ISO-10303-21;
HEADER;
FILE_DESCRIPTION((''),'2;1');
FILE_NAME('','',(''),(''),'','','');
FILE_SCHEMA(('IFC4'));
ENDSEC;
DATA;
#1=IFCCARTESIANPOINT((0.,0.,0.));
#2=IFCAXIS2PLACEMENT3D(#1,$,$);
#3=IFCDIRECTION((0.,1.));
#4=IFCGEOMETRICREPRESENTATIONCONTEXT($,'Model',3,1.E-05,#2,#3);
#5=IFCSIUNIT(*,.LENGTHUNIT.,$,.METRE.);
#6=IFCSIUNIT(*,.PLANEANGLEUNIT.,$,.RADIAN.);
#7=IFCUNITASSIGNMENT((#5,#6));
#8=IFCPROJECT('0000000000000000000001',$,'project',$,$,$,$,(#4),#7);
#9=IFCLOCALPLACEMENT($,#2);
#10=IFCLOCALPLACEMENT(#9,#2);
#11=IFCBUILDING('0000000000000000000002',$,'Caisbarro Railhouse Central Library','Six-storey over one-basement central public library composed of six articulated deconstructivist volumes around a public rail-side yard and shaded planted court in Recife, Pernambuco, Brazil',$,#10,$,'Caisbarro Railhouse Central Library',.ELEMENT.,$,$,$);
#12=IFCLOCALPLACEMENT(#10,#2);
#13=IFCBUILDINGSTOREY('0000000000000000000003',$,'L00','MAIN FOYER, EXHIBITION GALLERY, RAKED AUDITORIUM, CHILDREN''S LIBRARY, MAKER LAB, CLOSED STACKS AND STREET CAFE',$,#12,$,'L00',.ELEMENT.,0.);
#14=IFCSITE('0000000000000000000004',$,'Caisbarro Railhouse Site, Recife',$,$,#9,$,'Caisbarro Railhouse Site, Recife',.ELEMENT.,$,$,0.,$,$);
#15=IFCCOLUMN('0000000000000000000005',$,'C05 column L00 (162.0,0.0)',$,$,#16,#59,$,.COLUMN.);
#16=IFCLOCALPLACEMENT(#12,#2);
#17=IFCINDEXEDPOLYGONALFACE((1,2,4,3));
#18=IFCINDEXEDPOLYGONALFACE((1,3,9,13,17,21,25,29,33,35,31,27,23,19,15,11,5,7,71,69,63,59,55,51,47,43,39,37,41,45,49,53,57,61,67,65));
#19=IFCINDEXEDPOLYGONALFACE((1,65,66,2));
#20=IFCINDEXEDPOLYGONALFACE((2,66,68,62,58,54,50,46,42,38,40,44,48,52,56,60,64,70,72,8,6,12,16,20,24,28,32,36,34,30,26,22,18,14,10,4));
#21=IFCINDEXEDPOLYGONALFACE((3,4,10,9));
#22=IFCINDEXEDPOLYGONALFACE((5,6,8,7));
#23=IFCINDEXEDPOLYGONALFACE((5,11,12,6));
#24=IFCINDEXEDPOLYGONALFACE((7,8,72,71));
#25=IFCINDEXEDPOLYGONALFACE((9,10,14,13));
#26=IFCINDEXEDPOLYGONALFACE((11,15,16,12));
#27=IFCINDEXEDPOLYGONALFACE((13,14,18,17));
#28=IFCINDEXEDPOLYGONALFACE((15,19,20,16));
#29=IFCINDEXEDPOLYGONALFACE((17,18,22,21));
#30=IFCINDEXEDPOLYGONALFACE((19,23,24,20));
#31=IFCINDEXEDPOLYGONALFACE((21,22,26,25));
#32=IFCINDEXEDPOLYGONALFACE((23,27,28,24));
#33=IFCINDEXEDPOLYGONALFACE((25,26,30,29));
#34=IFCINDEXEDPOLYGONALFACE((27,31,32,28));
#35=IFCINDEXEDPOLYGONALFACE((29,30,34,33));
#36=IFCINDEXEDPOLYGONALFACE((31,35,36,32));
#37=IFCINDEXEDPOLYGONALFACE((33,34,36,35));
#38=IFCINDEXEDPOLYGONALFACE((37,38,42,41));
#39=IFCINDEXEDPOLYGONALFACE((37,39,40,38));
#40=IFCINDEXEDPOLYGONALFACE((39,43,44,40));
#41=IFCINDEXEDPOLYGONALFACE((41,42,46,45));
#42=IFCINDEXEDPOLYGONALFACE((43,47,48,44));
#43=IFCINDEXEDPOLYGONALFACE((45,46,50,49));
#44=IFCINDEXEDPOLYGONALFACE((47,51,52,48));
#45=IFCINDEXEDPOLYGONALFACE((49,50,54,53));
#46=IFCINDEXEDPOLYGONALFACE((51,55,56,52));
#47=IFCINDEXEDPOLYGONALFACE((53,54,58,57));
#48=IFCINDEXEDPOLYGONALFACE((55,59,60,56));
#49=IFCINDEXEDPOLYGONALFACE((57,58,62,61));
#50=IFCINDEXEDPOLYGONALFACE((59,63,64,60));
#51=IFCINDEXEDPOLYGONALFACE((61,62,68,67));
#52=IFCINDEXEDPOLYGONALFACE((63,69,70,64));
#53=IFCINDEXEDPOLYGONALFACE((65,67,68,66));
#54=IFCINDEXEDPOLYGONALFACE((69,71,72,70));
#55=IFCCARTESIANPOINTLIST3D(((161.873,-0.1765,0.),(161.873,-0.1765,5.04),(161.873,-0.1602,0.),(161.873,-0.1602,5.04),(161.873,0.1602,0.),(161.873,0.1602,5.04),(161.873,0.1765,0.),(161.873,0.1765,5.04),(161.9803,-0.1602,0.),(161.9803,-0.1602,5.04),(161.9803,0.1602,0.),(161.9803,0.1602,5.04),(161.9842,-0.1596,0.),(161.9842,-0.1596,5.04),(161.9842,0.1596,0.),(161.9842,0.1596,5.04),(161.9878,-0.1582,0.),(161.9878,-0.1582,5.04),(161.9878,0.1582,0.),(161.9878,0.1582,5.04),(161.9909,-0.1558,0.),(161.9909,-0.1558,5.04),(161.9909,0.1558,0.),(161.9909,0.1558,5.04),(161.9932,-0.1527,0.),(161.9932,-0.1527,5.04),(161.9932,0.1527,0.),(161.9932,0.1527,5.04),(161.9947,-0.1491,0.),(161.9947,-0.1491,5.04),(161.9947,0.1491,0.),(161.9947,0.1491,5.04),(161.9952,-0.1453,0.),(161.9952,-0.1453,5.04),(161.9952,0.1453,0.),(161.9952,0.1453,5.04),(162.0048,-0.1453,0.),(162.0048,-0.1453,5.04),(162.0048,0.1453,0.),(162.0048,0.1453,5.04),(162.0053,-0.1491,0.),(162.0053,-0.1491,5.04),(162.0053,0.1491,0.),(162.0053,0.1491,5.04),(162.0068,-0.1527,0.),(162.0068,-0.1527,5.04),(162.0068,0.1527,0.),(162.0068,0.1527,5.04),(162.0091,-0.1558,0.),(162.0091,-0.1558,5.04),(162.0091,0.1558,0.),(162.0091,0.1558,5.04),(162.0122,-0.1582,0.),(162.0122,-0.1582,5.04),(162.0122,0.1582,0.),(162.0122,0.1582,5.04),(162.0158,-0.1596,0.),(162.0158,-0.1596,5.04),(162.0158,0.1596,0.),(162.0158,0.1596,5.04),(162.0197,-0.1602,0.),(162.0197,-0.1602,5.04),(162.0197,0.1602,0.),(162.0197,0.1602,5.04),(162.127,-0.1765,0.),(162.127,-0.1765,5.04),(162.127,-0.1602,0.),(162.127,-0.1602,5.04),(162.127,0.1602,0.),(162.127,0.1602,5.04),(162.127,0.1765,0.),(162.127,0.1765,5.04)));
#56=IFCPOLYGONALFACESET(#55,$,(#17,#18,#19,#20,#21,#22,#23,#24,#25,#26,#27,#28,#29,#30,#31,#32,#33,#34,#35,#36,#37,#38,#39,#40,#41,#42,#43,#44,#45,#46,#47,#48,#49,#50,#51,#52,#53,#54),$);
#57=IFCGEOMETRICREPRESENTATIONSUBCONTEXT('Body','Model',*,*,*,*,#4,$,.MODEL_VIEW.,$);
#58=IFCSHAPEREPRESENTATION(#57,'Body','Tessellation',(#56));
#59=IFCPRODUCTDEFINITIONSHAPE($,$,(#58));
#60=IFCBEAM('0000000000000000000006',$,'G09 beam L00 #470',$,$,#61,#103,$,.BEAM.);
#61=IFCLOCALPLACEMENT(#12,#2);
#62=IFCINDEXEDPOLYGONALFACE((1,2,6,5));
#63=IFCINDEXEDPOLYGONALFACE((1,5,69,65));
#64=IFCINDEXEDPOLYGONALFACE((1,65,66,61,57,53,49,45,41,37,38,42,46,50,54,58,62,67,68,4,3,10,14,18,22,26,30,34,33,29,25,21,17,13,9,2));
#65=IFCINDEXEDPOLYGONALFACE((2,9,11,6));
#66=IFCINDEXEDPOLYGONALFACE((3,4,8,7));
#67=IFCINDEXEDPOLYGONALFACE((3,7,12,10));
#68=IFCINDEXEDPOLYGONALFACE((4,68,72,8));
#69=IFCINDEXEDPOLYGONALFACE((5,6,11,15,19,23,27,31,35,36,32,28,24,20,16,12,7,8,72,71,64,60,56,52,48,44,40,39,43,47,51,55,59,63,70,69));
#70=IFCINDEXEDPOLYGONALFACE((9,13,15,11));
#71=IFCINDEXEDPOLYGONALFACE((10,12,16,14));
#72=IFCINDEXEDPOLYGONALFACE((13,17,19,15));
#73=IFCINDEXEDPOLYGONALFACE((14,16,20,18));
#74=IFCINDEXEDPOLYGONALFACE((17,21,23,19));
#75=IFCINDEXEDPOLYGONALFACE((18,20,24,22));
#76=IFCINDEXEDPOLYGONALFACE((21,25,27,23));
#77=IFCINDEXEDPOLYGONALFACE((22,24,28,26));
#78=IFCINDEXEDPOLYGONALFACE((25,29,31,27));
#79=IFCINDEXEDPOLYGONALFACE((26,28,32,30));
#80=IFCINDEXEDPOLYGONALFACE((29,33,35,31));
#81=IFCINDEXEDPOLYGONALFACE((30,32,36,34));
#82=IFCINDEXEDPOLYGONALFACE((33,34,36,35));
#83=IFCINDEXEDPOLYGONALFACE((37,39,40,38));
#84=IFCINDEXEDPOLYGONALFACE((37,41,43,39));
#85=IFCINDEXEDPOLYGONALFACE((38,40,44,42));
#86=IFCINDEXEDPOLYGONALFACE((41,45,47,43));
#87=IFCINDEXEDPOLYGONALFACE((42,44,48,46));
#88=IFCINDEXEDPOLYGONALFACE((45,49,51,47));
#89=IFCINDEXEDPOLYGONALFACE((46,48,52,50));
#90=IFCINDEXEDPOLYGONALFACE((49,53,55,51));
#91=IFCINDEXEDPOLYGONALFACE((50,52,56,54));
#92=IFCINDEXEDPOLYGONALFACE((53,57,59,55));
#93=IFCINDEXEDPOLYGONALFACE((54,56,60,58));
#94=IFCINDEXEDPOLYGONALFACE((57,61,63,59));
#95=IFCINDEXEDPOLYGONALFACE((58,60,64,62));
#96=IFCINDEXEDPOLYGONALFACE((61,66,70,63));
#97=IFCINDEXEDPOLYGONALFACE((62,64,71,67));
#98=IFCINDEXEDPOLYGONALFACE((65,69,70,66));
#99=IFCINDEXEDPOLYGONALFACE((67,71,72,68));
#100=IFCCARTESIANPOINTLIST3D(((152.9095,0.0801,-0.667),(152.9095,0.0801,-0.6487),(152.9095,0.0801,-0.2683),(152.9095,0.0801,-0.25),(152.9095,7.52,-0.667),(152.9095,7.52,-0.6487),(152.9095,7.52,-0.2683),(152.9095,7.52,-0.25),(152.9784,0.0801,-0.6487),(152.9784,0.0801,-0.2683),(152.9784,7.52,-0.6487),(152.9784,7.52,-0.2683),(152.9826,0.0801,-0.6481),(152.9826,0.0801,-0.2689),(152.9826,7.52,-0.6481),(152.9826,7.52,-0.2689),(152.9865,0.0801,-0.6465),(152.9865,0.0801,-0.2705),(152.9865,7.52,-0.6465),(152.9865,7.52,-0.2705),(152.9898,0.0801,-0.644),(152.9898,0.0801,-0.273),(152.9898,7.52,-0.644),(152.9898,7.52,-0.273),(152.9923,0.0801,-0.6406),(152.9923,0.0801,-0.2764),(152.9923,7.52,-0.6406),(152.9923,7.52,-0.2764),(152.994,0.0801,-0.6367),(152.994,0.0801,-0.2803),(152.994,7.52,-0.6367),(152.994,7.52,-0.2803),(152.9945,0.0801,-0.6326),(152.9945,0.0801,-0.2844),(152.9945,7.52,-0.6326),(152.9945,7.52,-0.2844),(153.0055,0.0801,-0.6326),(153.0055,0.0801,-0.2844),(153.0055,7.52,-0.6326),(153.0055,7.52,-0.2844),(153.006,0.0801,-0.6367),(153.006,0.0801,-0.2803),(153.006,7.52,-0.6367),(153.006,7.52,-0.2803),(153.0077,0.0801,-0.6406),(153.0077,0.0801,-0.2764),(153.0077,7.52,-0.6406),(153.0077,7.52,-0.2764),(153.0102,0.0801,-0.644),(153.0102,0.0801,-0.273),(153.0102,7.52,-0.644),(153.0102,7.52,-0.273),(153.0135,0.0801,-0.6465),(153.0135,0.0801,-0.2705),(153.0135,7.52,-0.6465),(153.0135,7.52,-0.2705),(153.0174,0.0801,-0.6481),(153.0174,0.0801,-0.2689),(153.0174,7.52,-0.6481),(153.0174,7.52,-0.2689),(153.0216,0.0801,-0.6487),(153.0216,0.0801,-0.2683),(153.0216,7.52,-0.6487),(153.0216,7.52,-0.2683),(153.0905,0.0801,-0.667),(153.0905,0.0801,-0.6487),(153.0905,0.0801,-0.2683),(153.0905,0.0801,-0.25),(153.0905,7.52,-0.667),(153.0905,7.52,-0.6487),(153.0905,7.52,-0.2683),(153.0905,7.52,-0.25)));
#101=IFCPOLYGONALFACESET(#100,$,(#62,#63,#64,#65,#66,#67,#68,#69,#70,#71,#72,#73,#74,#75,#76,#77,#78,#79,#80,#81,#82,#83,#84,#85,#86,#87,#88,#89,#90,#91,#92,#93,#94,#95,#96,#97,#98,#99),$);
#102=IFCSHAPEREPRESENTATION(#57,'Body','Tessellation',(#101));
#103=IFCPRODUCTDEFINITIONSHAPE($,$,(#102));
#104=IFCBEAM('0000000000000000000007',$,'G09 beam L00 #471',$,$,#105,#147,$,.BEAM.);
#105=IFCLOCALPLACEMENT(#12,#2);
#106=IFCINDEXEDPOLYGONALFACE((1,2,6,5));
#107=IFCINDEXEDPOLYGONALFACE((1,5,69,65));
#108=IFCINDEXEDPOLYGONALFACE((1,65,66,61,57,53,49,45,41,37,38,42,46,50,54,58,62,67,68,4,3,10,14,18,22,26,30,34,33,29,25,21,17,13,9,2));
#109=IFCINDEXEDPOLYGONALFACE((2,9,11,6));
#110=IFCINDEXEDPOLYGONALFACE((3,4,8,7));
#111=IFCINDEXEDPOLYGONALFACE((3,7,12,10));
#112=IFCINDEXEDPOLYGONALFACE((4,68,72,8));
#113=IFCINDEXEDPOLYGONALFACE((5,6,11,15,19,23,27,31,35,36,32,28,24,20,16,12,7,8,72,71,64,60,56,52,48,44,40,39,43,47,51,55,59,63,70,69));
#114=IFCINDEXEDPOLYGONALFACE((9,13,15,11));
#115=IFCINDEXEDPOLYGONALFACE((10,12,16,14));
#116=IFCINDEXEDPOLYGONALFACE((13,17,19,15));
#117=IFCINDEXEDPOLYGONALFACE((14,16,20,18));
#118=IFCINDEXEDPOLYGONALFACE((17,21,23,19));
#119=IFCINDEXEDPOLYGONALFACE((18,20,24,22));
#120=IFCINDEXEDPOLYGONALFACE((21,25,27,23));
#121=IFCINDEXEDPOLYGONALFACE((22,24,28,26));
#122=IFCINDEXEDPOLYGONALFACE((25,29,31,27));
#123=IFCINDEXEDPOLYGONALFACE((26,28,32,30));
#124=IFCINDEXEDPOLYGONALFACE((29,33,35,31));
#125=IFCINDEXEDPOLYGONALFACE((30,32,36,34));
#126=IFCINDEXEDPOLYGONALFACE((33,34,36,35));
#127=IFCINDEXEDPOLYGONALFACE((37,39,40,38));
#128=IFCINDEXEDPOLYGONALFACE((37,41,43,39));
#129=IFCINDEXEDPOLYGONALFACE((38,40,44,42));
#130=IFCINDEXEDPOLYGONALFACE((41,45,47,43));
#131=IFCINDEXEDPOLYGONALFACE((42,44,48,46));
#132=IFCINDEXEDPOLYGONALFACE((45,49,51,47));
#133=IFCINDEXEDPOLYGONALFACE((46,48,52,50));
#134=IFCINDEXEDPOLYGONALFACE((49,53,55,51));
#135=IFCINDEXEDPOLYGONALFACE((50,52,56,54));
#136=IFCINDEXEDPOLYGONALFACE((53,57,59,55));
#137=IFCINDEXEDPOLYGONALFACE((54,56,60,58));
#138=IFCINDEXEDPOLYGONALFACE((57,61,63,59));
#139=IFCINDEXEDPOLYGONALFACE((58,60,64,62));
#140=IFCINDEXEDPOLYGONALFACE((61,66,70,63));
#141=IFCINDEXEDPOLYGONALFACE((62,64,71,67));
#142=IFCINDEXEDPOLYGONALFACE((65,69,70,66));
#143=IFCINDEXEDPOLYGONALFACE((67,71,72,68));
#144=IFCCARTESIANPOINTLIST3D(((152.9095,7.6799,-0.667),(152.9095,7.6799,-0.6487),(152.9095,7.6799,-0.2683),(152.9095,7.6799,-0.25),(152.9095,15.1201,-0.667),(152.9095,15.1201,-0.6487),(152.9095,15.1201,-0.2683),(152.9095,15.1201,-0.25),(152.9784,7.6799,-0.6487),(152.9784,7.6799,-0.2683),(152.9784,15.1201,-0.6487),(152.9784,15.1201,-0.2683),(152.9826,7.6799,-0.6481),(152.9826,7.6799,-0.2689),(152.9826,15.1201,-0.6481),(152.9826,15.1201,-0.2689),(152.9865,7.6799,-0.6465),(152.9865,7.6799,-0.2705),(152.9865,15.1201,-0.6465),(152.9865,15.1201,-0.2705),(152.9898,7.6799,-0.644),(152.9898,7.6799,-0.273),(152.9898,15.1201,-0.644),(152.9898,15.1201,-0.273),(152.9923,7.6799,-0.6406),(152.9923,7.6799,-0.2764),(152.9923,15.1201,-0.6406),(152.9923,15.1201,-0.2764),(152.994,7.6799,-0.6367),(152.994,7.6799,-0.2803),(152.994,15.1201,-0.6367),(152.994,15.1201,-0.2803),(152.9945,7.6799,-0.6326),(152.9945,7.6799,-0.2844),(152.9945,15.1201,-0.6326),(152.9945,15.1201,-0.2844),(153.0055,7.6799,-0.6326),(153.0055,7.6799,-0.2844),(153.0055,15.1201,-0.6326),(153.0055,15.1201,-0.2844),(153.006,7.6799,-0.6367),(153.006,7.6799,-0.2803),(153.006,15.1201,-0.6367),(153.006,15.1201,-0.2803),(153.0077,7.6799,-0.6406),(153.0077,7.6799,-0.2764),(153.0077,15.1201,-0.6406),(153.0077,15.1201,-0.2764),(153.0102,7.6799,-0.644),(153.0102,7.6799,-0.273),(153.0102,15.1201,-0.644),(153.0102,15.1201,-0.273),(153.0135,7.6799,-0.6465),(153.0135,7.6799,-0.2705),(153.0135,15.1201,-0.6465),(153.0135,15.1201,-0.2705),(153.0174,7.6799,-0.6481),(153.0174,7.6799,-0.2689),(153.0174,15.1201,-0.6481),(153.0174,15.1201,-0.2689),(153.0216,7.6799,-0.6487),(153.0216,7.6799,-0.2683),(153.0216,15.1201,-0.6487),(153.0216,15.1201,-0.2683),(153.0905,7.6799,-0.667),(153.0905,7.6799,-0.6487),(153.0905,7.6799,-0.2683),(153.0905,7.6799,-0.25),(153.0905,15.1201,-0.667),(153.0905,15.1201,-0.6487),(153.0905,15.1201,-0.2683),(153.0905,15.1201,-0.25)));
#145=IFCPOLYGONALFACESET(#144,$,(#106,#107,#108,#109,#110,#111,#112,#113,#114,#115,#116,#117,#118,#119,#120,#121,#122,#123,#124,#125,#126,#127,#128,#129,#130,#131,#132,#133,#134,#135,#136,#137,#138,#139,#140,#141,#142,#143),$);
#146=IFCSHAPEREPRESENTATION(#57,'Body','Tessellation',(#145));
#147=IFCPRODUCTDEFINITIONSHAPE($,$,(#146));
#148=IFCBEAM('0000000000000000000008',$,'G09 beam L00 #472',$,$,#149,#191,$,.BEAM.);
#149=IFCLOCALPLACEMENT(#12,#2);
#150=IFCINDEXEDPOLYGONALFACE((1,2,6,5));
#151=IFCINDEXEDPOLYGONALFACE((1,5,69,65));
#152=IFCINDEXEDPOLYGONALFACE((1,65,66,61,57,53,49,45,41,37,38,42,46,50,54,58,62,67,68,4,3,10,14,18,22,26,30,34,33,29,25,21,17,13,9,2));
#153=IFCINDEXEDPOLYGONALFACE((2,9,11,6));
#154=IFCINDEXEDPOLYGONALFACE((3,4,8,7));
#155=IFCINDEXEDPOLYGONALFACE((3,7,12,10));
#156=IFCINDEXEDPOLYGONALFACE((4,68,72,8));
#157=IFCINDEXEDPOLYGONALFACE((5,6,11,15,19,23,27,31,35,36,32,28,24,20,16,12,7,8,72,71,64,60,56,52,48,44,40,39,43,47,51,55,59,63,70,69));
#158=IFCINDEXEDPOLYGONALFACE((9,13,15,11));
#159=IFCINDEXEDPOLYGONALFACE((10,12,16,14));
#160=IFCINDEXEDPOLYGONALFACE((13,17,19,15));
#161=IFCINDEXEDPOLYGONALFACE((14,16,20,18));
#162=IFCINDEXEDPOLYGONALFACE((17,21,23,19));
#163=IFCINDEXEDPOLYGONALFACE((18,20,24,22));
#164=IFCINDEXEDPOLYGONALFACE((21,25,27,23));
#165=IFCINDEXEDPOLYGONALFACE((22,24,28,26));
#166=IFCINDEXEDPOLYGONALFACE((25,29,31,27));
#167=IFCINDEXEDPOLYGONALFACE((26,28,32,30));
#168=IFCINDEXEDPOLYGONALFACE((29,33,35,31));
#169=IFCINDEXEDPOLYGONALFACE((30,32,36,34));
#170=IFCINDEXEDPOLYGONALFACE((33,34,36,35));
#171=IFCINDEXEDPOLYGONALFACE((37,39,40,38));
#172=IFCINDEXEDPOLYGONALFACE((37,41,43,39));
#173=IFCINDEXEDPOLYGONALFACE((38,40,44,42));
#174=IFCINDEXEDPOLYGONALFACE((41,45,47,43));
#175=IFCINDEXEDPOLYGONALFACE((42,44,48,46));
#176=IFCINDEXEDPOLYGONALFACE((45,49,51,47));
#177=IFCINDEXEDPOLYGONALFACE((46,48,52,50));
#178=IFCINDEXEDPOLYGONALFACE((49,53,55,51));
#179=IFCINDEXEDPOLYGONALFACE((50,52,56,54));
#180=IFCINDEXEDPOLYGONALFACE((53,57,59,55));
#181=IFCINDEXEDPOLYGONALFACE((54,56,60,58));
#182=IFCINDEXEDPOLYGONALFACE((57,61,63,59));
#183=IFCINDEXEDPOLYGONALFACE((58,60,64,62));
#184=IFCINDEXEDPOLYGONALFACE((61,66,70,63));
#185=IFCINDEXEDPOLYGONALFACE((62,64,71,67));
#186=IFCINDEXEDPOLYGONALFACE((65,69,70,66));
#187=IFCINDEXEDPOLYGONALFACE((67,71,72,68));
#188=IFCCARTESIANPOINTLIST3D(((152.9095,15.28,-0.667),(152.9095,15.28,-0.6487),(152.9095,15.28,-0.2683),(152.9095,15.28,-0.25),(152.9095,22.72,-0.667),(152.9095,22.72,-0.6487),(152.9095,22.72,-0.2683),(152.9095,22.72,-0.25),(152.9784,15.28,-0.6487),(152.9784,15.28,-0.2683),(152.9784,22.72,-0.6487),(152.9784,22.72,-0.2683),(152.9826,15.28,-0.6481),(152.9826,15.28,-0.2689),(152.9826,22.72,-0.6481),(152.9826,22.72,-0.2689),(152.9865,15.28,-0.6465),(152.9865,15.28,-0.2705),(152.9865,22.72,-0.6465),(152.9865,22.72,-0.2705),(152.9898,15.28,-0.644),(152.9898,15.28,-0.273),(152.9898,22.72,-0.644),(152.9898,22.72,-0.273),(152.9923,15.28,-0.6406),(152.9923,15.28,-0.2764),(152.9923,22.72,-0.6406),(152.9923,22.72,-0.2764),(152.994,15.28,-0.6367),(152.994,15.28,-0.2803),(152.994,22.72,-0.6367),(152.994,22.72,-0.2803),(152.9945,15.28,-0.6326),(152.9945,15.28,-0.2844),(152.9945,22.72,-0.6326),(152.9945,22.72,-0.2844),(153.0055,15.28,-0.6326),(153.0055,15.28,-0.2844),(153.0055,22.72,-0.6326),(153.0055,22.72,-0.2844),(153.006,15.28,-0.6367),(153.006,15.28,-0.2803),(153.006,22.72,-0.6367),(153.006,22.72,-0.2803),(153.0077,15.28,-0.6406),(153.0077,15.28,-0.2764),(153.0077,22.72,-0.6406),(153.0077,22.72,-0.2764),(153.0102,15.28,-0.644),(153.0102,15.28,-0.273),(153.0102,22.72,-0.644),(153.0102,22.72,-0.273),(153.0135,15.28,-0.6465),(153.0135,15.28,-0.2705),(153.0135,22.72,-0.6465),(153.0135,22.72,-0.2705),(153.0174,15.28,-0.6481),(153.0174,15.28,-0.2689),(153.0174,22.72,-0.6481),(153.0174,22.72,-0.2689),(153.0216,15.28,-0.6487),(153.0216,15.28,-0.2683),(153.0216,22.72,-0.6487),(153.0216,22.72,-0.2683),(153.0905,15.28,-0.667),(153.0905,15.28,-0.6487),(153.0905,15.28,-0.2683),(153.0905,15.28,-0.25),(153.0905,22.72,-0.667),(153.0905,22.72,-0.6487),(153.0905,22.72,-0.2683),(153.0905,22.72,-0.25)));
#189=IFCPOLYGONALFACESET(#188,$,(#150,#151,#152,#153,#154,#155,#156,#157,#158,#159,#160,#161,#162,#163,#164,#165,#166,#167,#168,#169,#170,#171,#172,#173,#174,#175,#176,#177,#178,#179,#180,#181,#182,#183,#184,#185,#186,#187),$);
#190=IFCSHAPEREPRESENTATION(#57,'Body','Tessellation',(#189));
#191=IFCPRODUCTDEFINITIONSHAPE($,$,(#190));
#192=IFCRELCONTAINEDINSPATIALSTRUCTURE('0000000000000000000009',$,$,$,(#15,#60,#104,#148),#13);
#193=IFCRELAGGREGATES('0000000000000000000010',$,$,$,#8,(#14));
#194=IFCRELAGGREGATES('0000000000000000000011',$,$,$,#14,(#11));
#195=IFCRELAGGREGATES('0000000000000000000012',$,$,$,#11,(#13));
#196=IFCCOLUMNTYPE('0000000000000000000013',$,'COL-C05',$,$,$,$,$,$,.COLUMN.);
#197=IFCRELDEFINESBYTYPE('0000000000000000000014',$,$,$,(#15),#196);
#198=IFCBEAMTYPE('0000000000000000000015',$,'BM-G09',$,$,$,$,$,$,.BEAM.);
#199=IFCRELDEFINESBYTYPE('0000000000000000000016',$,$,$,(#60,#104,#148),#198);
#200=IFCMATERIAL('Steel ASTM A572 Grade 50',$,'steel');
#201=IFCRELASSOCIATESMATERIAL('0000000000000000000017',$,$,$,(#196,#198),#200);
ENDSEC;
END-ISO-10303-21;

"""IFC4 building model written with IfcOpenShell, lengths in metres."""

from ifc_helpers import new_model, si_unit, direction, frame, origin, origin_2d, place, context, subcontext, project, spatial, i_section, extrude, material, material_profile, profile_set, type_object, element, save


model = new_model("IFC4")

# Units and contexts
model_context = context("Model", 3, precision=1e-05, world=origin(), true_north=direction((0.0, 1.0)))
body_context = subcontext(model_context, "Body", "Model", "MODEL_VIEW")
ifc_project = project(units=[si_unit("LENGTHUNIT", "METRE"), si_unit("PLANEANGLEUNIT", "RADIAN")], contexts=[model_context])

# Site, building, storey
site_placement = place(None, origin())
site = spatial("IfcSite", under=ifc_project, at=site_placement, Name="Caisbarro Railhouse Site, Recife", LongName="Caisbarro Railhouse Site, Recife", CompositionType="ELEMENT", RefElevation=0.0)
building_placement = place(site_placement, origin())
building = spatial("IfcBuilding", under=site, at=building_placement, Name="Caisbarro Railhouse Central Library", Description="Six-storey over one-basement central public library composed of six articulated deconstructivist volumes around a public rail-side yard and shaded planted court in Recife, Pernambuco, Brazil", LongName="Caisbarro Railhouse Central Library", CompositionType="ELEMENT")
storey_placement = place(building_placement, origin())
storey = spatial("IfcBuildingStorey", under=building, at=storey_placement, Name="L00", Description="MAIN FOYER, EXHIBITION GALLERY, RAKED AUDITORIUM, CHILDREN'S LIBRARY, MAKER LAB, CLOSED STACKS AND STREET CAFE", LongName="L00", CompositionType="ELEMENT", Elevation=0.0)

# Column
ifc_material_1 = material(Name="Steel ASTM A572 Grade 50", Category="steel")
ifc_material_profile_1 = material_profile(ifc_material_1, i_section(OverallWidth=0.2539, OverallDepth=0.353, WebThickness=0.0095, FlangeThickness=0.0164, FilletRadius=0.0149, at=origin_2d()), Name="W360X91.0")
ifc_profile_set_1 = profile_set([ifc_material_profile_1], Name="Steel ASTM A572 Grade 50")
column_type = type_object("IfcColumnType", Name="COL-C05", PredefinedType="COLUMN", material=ifc_profile_set_1)
for number, where, z_axis, x_axis, name in (
    (1, (162.0, 0.0, 0.0), (0.0, 0.0, 1.0), (1.0, 0.0, 0.0), "C05 column L00 (162.0,0.0)"),
):
    element("IfcColumn", number, at=place(storey_placement, frame(where, z_axis=z_axis, x_axis=x_axis)), inside=storey, type_object=column_type, Name=name, PredefinedType="COLUMN", context=body_context, shape_type="SweptSolid", body=[
        extrude(i_section(OverallWidth=0.2539, OverallDepth=0.353, WebThickness=0.0095, FlangeThickness=0.0164, FilletRadius=0.0149, at=origin_2d()), origin(), (0.0, 0.0, 1.0), 5.04),
    ])

# Beams
ifc_material_profile_2 = material_profile(ifc_material_1, i_section(OverallWidth=0.1809, OverallDepth=0.417, WebThickness=0.011, FlangeThickness=0.0183, FilletRadius=0.0161, at=origin_2d()), Name="W410X85.0")
ifc_profile_set_2 = profile_set([ifc_material_profile_2], Name="Steel ASTM A572 Grade 50")
beam_type_1 = type_object("IfcBeamType", Name="BM-G09", PredefinedType="BEAM", material=ifc_profile_set_2)
beam_1_placement = place(storey_placement, frame((153.0, 0.0801, -0.4585), z_axis=(0.0, 1.0, 0.0), x_axis=(-1.0, 0.0, 0.0)))
element("IfcBeam", 2, at=beam_1_placement, inside=storey, type_object=beam_type_1, Name="G09 beam L00 #470", PredefinedType="BEAM", context=body_context, shape_type="SweptSolid", body=[
    extrude(i_section(OverallWidth=0.1809, OverallDepth=0.417, WebThickness=0.011, FlangeThickness=0.0183, FilletRadius=0.0161, at=origin_2d()), origin(), (0.0, 0.0, 1.0), 7.4399),
])
beam_2_placement = place(storey_placement, frame((153.0, 7.6799, -0.4585), z_axis=(0.0, 1.0, 0.0), x_axis=(-1.0, 0.0, 0.0)))
element("IfcBeam", 3, at=beam_2_placement, inside=storey, type_object=beam_type_1, Name="G09 beam L00 #471", PredefinedType="BEAM", context=body_context, shape_type="SweptSolid", body=[
    extrude(i_section(OverallWidth=0.1809, OverallDepth=0.417, WebThickness=0.011, FlangeThickness=0.0183, FilletRadius=0.0161, at=origin_2d()), origin(), (0.0, 0.0, 1.0), 7.4402),
])
beam_3_placement = place(storey_placement, frame((153.0, 15.28, -0.4585), z_axis=(0.0, 1.0, 0.0), x_axis=(-1.0, 0.0, 0.0)))
element("IfcBeam", 4, at=beam_3_placement, inside=storey, type_object=beam_type_1, Name="G09 beam L00 #472", PredefinedType="BEAM", context=body_context, shape_type="SweptSolid", body=[
    extrude(i_section(OverallWidth=0.1809, OverallDepth=0.417, WebThickness=0.011, FlangeThickness=0.0183, FilletRadius=0.0161, at=origin_2d()), origin(), (0.0, 0.0, 1.0), 7.4399),
])

save(model, "model.ifc")
